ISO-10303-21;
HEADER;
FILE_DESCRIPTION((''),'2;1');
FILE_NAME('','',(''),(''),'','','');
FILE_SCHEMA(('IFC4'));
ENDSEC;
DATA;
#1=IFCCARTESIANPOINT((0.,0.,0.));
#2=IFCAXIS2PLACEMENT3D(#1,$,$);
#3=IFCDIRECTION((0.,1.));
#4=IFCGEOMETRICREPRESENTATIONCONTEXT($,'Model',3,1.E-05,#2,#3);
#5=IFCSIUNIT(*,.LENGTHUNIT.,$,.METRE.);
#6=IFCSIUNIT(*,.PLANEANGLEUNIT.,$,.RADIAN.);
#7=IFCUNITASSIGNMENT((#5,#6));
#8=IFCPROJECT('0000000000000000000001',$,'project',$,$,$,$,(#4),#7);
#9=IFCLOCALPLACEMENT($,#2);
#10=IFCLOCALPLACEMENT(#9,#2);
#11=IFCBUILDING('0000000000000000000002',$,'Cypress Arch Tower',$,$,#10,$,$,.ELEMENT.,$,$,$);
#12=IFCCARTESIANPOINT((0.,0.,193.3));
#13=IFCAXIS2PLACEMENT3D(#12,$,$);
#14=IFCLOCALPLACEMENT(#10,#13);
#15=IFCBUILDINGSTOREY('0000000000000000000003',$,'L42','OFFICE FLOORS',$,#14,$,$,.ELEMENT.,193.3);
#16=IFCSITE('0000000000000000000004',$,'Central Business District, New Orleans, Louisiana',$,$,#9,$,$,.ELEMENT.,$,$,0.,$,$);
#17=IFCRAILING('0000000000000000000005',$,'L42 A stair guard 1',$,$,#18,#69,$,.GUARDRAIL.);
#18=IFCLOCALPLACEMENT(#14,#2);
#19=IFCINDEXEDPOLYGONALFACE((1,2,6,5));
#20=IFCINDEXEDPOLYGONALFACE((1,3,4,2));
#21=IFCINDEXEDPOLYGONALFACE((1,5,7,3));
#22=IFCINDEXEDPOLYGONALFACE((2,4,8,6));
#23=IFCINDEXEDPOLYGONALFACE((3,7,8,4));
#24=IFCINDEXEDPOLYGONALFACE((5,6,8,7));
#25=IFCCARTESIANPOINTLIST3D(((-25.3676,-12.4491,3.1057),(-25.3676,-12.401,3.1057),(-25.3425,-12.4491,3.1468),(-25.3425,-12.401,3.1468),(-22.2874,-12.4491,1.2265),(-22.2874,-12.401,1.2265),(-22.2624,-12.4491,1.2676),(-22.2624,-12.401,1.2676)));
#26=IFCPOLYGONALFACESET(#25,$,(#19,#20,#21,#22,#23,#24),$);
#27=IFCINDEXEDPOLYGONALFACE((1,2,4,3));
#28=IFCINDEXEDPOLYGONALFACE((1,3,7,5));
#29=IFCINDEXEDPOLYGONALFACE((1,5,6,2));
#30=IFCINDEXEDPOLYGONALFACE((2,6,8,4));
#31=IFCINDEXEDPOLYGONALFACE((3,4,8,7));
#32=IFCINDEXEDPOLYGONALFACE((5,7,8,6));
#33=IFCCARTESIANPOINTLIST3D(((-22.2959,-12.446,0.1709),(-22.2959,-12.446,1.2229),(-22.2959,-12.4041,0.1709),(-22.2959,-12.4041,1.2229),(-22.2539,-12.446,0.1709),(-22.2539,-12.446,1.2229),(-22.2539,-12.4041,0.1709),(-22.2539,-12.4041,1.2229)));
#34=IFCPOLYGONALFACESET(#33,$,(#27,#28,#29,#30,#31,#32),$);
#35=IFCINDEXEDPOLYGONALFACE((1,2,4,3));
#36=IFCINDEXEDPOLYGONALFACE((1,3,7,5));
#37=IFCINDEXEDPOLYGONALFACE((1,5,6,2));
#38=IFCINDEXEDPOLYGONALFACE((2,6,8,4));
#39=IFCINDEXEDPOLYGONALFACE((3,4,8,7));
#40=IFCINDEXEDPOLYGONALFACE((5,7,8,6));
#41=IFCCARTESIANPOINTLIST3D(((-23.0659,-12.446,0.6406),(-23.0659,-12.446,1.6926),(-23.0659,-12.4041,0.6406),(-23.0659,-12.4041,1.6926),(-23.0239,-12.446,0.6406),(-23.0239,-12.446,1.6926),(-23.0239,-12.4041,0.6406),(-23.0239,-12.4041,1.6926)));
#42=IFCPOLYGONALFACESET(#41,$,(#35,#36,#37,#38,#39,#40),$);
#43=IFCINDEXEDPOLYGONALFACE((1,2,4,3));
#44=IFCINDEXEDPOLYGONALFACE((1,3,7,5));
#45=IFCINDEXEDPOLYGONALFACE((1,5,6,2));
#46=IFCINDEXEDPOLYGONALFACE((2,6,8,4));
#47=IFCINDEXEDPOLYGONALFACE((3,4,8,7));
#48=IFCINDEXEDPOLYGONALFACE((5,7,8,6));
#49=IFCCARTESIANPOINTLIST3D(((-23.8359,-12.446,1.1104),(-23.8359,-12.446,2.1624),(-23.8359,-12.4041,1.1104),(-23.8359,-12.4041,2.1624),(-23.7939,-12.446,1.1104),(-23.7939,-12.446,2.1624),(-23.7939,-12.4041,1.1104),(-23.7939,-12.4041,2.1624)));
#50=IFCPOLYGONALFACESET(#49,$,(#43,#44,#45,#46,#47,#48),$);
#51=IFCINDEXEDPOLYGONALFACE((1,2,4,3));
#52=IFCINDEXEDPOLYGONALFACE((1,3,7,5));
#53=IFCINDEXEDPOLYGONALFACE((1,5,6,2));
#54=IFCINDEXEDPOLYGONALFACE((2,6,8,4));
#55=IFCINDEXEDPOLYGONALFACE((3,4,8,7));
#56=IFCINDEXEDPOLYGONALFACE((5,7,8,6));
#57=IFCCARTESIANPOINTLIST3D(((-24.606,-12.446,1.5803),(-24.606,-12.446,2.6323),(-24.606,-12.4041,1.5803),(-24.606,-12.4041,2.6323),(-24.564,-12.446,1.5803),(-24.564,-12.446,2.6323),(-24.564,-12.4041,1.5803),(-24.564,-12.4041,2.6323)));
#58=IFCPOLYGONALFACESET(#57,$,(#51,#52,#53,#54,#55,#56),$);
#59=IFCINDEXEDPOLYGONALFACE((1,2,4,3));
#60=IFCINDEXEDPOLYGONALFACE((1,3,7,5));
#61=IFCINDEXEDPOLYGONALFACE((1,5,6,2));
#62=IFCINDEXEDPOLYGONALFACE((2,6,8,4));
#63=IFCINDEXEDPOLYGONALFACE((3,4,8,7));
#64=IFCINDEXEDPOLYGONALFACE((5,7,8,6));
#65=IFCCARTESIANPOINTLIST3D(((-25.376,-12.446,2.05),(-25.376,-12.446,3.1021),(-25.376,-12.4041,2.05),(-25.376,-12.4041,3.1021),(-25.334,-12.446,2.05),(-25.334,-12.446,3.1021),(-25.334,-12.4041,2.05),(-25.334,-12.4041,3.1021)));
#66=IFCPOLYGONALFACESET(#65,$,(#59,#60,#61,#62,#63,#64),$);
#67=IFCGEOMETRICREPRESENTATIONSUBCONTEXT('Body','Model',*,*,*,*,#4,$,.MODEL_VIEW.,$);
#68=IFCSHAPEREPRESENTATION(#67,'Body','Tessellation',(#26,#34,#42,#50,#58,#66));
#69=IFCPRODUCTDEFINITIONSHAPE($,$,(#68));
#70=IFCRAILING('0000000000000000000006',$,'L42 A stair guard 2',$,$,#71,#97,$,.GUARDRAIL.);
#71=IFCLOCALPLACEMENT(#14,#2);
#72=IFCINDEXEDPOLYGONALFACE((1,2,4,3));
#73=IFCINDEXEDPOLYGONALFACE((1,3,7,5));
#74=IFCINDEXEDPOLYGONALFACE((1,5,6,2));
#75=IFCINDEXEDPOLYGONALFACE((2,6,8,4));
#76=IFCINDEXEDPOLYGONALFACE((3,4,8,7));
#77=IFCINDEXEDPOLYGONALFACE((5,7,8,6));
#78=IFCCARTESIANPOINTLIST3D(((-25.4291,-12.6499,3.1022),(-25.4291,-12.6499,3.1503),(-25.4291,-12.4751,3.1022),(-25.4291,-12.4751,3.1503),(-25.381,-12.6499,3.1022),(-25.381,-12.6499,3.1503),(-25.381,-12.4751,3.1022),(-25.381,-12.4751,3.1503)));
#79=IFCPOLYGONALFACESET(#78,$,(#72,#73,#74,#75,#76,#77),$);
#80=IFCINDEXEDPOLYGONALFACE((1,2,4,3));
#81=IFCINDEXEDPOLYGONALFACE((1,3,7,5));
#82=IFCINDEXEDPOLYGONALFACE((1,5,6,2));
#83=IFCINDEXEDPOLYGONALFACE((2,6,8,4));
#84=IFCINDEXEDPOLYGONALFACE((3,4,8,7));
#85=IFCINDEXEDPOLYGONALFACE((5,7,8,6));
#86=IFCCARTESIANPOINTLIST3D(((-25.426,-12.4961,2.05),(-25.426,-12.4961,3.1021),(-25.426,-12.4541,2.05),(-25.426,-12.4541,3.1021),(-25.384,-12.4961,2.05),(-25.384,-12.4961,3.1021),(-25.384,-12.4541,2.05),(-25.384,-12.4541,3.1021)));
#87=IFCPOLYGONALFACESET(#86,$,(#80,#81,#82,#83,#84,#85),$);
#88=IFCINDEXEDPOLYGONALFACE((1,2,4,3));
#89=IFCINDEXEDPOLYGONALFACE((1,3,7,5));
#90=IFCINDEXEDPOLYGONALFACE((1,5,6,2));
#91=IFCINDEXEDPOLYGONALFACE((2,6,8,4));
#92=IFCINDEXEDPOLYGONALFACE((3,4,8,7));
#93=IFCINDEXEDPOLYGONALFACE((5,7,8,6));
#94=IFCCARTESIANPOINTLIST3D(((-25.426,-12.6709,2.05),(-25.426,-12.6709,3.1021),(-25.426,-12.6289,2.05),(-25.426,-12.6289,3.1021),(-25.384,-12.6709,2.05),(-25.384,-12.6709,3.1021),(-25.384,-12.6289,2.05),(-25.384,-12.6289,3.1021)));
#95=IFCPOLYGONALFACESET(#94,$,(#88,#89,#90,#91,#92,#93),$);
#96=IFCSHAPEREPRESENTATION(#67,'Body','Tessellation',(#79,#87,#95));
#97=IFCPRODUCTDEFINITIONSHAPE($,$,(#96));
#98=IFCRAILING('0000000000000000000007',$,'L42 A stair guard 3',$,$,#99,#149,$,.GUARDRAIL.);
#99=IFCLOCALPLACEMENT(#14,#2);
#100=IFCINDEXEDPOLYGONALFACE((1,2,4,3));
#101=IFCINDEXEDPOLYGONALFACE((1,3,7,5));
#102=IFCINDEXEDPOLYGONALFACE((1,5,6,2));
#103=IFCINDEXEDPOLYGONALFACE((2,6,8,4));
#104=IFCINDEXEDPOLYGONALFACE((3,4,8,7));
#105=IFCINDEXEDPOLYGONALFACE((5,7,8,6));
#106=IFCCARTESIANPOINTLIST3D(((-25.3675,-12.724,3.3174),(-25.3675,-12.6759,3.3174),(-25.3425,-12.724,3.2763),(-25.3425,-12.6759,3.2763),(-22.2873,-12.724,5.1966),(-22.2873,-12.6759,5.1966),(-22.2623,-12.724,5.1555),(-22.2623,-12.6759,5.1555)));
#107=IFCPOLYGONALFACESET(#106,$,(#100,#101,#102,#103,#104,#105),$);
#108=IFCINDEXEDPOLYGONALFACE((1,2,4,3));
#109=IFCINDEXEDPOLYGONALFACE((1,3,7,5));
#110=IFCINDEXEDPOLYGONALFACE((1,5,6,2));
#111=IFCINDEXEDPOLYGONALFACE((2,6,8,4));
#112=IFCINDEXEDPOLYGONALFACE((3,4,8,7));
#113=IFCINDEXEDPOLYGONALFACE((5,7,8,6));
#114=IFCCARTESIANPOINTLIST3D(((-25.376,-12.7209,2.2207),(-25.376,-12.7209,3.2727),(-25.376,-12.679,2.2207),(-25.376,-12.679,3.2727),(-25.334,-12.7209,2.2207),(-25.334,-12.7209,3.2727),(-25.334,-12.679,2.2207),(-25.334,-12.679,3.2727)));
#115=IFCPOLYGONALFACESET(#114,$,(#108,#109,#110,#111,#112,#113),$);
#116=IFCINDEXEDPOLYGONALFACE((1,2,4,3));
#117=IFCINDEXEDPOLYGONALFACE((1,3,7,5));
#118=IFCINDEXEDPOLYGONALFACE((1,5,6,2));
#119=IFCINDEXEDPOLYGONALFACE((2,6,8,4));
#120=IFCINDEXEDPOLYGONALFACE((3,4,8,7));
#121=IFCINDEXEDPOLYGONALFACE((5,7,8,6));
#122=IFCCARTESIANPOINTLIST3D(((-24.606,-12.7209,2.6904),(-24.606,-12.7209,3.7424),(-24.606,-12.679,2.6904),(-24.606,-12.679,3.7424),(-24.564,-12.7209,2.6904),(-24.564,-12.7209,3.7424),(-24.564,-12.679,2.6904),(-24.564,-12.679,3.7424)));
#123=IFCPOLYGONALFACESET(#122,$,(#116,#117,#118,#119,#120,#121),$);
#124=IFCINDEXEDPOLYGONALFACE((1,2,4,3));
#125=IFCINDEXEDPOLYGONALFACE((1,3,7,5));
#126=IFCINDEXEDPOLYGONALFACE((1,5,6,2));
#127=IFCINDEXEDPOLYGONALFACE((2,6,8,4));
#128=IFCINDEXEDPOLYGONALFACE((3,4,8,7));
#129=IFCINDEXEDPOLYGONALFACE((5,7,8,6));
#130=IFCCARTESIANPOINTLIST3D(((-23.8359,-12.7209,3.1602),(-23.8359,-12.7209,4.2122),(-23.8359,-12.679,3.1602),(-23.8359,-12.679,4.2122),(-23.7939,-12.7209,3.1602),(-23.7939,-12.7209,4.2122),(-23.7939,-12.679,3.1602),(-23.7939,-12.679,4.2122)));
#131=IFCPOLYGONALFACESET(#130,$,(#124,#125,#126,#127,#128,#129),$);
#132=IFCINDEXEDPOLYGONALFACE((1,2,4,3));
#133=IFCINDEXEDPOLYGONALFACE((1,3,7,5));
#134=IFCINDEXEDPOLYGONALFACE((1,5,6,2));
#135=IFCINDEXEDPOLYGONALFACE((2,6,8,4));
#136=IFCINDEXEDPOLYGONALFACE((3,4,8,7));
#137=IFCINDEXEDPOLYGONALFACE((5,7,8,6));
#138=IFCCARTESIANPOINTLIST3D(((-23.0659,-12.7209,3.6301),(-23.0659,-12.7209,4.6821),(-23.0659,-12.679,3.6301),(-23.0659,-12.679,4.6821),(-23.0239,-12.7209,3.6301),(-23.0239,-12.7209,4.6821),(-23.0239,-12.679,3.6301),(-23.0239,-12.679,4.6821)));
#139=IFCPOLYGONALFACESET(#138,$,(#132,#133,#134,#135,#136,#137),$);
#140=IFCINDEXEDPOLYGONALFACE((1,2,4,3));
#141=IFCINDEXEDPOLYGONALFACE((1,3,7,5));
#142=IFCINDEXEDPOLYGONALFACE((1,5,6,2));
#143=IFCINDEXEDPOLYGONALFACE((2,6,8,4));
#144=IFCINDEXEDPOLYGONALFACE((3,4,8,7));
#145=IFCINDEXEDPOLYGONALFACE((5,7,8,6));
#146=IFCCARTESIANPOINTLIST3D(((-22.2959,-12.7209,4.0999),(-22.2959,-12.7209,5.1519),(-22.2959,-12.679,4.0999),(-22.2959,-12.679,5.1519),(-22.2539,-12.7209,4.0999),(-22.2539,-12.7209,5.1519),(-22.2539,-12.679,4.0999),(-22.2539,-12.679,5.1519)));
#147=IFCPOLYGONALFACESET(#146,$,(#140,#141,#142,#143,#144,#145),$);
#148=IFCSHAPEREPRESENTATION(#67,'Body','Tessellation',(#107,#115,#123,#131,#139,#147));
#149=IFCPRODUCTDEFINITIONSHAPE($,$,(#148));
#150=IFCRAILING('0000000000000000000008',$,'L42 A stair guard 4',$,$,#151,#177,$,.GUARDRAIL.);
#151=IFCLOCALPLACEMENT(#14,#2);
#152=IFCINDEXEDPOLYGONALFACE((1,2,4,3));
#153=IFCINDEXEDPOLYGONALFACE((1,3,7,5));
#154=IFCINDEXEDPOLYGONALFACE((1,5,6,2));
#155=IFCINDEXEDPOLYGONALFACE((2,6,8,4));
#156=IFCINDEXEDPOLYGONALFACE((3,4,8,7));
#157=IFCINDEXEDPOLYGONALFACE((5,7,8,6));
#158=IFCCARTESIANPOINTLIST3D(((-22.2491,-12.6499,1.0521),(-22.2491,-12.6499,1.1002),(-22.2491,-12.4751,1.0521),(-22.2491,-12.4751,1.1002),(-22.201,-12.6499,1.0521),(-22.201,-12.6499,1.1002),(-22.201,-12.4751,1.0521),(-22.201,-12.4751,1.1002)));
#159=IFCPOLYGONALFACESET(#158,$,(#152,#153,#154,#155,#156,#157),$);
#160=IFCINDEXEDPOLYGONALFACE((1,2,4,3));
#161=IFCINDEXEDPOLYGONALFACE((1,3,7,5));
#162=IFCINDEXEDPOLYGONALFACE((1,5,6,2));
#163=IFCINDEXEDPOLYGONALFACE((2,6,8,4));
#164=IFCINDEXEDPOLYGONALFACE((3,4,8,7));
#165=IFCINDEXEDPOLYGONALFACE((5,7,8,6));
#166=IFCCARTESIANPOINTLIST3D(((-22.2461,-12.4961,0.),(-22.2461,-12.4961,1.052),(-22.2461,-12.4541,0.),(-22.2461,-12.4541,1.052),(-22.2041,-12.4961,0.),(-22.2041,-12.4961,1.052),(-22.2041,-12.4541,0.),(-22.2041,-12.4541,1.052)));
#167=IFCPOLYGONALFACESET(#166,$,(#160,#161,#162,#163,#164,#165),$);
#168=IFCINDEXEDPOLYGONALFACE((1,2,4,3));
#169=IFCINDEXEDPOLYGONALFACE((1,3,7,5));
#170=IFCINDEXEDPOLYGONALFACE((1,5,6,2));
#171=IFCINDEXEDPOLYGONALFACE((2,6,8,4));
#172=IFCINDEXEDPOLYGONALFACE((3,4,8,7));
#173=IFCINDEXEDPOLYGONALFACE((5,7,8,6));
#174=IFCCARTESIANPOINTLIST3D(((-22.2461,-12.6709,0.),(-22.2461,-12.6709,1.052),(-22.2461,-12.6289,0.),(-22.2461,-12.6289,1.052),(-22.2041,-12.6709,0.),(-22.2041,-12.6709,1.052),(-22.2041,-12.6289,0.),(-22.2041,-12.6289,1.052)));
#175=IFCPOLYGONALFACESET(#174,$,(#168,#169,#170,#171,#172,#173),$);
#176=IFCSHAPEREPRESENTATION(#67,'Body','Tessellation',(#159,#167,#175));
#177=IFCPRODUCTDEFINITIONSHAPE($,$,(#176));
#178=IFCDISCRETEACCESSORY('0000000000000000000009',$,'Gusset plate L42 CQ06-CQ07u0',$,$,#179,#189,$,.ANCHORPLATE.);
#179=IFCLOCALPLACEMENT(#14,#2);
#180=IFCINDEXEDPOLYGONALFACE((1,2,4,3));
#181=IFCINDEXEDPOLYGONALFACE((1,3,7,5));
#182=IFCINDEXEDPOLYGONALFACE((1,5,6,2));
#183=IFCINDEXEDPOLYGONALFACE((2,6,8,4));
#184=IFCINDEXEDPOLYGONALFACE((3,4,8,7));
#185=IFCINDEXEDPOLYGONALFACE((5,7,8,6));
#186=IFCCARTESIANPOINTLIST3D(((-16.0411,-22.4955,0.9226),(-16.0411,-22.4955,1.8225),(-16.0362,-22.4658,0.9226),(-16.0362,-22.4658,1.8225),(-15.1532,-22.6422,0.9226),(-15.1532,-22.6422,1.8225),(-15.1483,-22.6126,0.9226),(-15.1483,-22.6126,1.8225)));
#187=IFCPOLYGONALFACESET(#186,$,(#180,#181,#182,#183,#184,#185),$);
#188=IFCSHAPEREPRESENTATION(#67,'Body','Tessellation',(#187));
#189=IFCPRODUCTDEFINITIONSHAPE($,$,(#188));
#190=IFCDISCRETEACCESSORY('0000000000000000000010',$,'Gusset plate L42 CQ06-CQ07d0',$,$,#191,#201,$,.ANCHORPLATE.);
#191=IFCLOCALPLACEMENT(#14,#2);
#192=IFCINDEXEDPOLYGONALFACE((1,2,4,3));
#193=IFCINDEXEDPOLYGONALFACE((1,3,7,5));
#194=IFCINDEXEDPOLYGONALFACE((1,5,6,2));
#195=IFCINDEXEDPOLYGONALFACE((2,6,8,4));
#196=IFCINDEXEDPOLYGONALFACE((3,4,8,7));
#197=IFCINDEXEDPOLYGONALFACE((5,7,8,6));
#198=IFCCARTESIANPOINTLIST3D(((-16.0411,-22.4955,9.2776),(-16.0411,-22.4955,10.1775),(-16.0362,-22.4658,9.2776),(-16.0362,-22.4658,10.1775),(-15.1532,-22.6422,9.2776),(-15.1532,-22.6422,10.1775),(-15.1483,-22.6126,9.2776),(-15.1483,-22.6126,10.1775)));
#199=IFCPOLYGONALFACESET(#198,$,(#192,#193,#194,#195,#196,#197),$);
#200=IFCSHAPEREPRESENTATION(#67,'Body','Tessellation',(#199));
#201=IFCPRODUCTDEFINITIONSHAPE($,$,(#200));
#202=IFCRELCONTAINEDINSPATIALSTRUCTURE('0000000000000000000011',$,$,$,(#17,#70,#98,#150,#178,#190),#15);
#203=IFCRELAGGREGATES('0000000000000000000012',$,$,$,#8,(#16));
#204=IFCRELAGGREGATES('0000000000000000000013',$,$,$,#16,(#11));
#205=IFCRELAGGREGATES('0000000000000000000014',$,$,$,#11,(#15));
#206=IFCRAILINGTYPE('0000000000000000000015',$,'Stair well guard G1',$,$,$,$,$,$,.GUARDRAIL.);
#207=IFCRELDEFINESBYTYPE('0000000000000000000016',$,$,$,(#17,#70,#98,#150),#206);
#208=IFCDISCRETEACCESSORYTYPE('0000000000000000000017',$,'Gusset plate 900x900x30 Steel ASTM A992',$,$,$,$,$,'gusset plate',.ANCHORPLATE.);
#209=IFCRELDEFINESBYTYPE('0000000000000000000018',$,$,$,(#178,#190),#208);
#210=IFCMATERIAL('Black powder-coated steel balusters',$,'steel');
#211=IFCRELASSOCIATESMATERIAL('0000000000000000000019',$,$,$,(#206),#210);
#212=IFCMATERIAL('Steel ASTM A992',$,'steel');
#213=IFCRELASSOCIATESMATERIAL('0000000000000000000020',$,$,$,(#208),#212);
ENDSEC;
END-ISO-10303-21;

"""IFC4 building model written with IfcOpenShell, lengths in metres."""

from ifc_helpers import new_model, si_unit, direction, frame, origin, origin_2d, place, context, subcontext, project, spatial, rectangle, extrude, material, material_profile, profile_set, type_object, element, save


model = new_model("IFC4")

# Units and contexts
model_context = context("Model", 3, precision=1e-05, world=origin(), true_north=direction((0.0, 1.0)))
body_context = subcontext(model_context, "Body", "Model", "MODEL_VIEW")
ifc_project = project(units=[si_unit("LENGTHUNIT", "METRE"), si_unit("PLANEANGLEUNIT", "RADIAN")], contexts=[model_context])

# Site, building, storey
site_placement = place(None, origin())
site = spatial("IfcSite", under=ifc_project, at=site_placement, Name="Central Business District, New Orleans, Louisiana", CompositionType="ELEMENT", RefElevation=0.0)
building_placement = place(site_placement, origin())
building = spatial("IfcBuilding", under=site, at=building_placement, Name="Cypress Arch Tower", CompositionType="ELEMENT")
storey_placement = place(building_placement, frame((0.0, 0.0, 193.3)))
storey = spatial("IfcBuildingStorey", under=building, at=storey_placement, Name="L42", Description="OFFICE FLOORS", CompositionType="ELEMENT", Elevation=193.3)

# Railings
ifc_material_1 = material(Name="Black powder-coated steel balusters", Category="steel")
railing_type_1 = type_object("IfcRailingType", Name="Stair well guard G1", PredefinedType="GUARDRAIL", material=ifc_material_1)
railing_1_placement = place(storey_placement, frame((-22.2749, -12.425, 0.1709)))
element("IfcRailing", 1, at=railing_1_placement, inside=storey, type_object=railing_type_1, Name="L42 A stair guard 1", PredefinedType="GUARDRAIL", context=body_context, shape_type="SweptSolid", body=[
    extrude(rectangle(XDim=0.0481, YDim=0.0481, at=origin_2d()), frame((0.0, 0.0, 1.0762), z_axis=(-0.853666, 0.0, 0.52082), x_axis=(0.0, -1.0, 0.0)), (0.0, 0.0, 1.0), 3.6082),
    extrude(rectangle(XDim=0.042, YDim=0.042, at=origin_2d()), origin(), (0.0, 0.0, 1.0), 1.052),
    extrude(rectangle(XDim=0.042, YDim=0.042, at=origin_2d()), frame((-0.77, 0.0, 0.4697)), (0.0, 0.0, 1.0), 1.052),
    extrude(rectangle(XDim=0.042, YDim=0.042, at=origin_2d()), frame((-1.54, 0.0, 0.9395)), (0.0, 0.0, 1.0), 1.052),
    extrude(rectangle(XDim=0.042, YDim=0.042, at=origin_2d()), frame((-2.3101, 0.0, 1.4094)), (0.0, 0.0, 1.0), 1.052),
    extrude(rectangle(XDim=0.042, YDim=0.042, at=origin_2d()), frame((-3.0801, 0.0, 1.8792)), (0.0, 0.0, 1.0), 1.052),
])
railing_2_placement = place(storey_placement, frame((-25.405, -12.4751, 2.05)))
element("IfcRailing", 2, at=railing_2_placement, inside=storey, type_object=railing_type_1, Name="L42 A stair guard 2", PredefinedType="GUARDRAIL", context=body_context, shape_type="SweptSolid", body=[
    extrude(rectangle(XDim=0.0481, YDim=0.0481, at=origin_2d()), frame((0.0, 0.0, 1.0762), z_axis=(0.0, -1.0, 0.0), x_axis=(1.0, 0.0, 0.0)), (0.0, 0.0, 1.0), 0.1748),
    extrude(rectangle(XDim=0.042, YDim=0.042, at=origin_2d()), origin(), (0.0, 0.0, 1.0), 1.052),
    extrude(rectangle(XDim=0.042, YDim=0.042, at=origin_2d()), frame((0.0, -0.1748, 0.0)), (0.0, 0.0, 1.0), 1.052),
])
railing_3_placement = place(storey_placement, frame((-25.355, -12.7, 2.2207)))
element("IfcRailing", 3, at=railing_3_placement, inside=storey, type_object=railing_type_1, Name="L42 A stair guard 3", PredefinedType="GUARDRAIL", context=body_context, shape_type="SweptSolid", body=[
    extrude(rectangle(XDim=0.0481, YDim=0.0481, at=origin_2d()), frame((0.0, 0.0, 1.0762), z_axis=(0.853666, 0.0, 0.52082), x_axis=(0.0, 1.0, 0.0)), (0.0, 0.0, 1.0), 3.6082),
    extrude(rectangle(XDim=0.042, YDim=0.042, at=origin_2d()), origin(), (0.0, 0.0, 1.0), 1.052),
    extrude(rectangle(XDim=0.042, YDim=0.042, at=origin_2d()), frame((0.77, 0.0, 0.4697)), (0.0, 0.0, 1.0), 1.052),
    extrude(rectangle(XDim=0.042, YDim=0.042, at=origin_2d()), frame((1.54, 0.0, 0.9395)), (0.0, 0.0, 1.0), 1.052),
    extrude(rectangle(XDim=0.042, YDim=0.042, at=origin_2d()), frame((2.3101, 0.0, 1.4094)), (0.0, 0.0, 1.0), 1.052),
    extrude(rectangle(XDim=0.042, YDim=0.042, at=origin_2d()), frame((3.0801, 0.0, 1.8792)), (0.0, 0.0, 1.0), 1.052),
])
railing_4_placement = place(storey_placement, frame((-22.2251, -12.4751, 0.0)))
element("IfcRailing", 4, at=railing_4_placement, inside=storey, type_object=railing_type_1, Name="L42 A stair guard 4", PredefinedType="GUARDRAIL", context=body_context, shape_type="SweptSolid", body=[
    extrude(rectangle(XDim=0.0481, YDim=0.0481, at=origin_2d()), frame((0.0, 0.0, 1.0762), z_axis=(0.0, -1.0, 0.0), x_axis=(1.0, 0.0, 0.0)), (0.0, 0.0, 1.0), 0.1748),
    extrude(rectangle(XDim=0.042, YDim=0.042, at=origin_2d()), origin(), (0.0, 0.0, 1.0), 1.052),
    extrude(rectangle(XDim=0.042, YDim=0.042, at=origin_2d()), frame((0.0, -0.1748, 0.0)), (0.0, 0.0, 1.0), 1.052),
])

# Discrete accessories
ifc_material_2 = material(Name="Steel ASTM A992", Category="steel")
ifc_material_profile_1 = material_profile(ifc_material_2, rectangle(XDim=0.8999, YDim=0.8999, at=origin_2d()), Name="PL 30 900x900")
ifc_profile_set_1 = profile_set([ifc_material_profile_1], Name="Steel ASTM A992")
discrete_accessory_type = type_object("IfcDiscreteAccessoryType", Name="Gusset plate 900x900x30 Steel ASTM A992", ElementType="gusset plate", PredefinedType="ANCHORPLATE", material=ifc_profile_set_1)
for number, where, z_axis, x_axis, name in (
    (5, (-15.5972, -22.5688, 1.3726), (0.163077, 0.986613, 0.0), (-0.986613, 0.163077, 0.0), "Gusset plate L42 CQ06-CQ07u0"),
    (6, (-15.5972, -22.5688, 9.7275), (0.163077, 0.986613, 0.0), (-0.986613, 0.163077, 0.0), "Gusset plate L42 CQ06-CQ07d0"),
):
    element("IfcDiscreteAccessory", number, at=place(storey_placement, frame(where, z_axis=z_axis, x_axis=x_axis)), inside=storey, type_object=discrete_accessory_type, Name=name, PredefinedType="ANCHORPLATE", context=body_context, shape_type="SweptSolid", body=[
        extrude(rectangle(XDim=0.8999, YDim=0.8999, at=origin_2d()), origin(), (0.0, 0.0, 1.0), 0.03),
    ])

save(model, "model.ifc")
